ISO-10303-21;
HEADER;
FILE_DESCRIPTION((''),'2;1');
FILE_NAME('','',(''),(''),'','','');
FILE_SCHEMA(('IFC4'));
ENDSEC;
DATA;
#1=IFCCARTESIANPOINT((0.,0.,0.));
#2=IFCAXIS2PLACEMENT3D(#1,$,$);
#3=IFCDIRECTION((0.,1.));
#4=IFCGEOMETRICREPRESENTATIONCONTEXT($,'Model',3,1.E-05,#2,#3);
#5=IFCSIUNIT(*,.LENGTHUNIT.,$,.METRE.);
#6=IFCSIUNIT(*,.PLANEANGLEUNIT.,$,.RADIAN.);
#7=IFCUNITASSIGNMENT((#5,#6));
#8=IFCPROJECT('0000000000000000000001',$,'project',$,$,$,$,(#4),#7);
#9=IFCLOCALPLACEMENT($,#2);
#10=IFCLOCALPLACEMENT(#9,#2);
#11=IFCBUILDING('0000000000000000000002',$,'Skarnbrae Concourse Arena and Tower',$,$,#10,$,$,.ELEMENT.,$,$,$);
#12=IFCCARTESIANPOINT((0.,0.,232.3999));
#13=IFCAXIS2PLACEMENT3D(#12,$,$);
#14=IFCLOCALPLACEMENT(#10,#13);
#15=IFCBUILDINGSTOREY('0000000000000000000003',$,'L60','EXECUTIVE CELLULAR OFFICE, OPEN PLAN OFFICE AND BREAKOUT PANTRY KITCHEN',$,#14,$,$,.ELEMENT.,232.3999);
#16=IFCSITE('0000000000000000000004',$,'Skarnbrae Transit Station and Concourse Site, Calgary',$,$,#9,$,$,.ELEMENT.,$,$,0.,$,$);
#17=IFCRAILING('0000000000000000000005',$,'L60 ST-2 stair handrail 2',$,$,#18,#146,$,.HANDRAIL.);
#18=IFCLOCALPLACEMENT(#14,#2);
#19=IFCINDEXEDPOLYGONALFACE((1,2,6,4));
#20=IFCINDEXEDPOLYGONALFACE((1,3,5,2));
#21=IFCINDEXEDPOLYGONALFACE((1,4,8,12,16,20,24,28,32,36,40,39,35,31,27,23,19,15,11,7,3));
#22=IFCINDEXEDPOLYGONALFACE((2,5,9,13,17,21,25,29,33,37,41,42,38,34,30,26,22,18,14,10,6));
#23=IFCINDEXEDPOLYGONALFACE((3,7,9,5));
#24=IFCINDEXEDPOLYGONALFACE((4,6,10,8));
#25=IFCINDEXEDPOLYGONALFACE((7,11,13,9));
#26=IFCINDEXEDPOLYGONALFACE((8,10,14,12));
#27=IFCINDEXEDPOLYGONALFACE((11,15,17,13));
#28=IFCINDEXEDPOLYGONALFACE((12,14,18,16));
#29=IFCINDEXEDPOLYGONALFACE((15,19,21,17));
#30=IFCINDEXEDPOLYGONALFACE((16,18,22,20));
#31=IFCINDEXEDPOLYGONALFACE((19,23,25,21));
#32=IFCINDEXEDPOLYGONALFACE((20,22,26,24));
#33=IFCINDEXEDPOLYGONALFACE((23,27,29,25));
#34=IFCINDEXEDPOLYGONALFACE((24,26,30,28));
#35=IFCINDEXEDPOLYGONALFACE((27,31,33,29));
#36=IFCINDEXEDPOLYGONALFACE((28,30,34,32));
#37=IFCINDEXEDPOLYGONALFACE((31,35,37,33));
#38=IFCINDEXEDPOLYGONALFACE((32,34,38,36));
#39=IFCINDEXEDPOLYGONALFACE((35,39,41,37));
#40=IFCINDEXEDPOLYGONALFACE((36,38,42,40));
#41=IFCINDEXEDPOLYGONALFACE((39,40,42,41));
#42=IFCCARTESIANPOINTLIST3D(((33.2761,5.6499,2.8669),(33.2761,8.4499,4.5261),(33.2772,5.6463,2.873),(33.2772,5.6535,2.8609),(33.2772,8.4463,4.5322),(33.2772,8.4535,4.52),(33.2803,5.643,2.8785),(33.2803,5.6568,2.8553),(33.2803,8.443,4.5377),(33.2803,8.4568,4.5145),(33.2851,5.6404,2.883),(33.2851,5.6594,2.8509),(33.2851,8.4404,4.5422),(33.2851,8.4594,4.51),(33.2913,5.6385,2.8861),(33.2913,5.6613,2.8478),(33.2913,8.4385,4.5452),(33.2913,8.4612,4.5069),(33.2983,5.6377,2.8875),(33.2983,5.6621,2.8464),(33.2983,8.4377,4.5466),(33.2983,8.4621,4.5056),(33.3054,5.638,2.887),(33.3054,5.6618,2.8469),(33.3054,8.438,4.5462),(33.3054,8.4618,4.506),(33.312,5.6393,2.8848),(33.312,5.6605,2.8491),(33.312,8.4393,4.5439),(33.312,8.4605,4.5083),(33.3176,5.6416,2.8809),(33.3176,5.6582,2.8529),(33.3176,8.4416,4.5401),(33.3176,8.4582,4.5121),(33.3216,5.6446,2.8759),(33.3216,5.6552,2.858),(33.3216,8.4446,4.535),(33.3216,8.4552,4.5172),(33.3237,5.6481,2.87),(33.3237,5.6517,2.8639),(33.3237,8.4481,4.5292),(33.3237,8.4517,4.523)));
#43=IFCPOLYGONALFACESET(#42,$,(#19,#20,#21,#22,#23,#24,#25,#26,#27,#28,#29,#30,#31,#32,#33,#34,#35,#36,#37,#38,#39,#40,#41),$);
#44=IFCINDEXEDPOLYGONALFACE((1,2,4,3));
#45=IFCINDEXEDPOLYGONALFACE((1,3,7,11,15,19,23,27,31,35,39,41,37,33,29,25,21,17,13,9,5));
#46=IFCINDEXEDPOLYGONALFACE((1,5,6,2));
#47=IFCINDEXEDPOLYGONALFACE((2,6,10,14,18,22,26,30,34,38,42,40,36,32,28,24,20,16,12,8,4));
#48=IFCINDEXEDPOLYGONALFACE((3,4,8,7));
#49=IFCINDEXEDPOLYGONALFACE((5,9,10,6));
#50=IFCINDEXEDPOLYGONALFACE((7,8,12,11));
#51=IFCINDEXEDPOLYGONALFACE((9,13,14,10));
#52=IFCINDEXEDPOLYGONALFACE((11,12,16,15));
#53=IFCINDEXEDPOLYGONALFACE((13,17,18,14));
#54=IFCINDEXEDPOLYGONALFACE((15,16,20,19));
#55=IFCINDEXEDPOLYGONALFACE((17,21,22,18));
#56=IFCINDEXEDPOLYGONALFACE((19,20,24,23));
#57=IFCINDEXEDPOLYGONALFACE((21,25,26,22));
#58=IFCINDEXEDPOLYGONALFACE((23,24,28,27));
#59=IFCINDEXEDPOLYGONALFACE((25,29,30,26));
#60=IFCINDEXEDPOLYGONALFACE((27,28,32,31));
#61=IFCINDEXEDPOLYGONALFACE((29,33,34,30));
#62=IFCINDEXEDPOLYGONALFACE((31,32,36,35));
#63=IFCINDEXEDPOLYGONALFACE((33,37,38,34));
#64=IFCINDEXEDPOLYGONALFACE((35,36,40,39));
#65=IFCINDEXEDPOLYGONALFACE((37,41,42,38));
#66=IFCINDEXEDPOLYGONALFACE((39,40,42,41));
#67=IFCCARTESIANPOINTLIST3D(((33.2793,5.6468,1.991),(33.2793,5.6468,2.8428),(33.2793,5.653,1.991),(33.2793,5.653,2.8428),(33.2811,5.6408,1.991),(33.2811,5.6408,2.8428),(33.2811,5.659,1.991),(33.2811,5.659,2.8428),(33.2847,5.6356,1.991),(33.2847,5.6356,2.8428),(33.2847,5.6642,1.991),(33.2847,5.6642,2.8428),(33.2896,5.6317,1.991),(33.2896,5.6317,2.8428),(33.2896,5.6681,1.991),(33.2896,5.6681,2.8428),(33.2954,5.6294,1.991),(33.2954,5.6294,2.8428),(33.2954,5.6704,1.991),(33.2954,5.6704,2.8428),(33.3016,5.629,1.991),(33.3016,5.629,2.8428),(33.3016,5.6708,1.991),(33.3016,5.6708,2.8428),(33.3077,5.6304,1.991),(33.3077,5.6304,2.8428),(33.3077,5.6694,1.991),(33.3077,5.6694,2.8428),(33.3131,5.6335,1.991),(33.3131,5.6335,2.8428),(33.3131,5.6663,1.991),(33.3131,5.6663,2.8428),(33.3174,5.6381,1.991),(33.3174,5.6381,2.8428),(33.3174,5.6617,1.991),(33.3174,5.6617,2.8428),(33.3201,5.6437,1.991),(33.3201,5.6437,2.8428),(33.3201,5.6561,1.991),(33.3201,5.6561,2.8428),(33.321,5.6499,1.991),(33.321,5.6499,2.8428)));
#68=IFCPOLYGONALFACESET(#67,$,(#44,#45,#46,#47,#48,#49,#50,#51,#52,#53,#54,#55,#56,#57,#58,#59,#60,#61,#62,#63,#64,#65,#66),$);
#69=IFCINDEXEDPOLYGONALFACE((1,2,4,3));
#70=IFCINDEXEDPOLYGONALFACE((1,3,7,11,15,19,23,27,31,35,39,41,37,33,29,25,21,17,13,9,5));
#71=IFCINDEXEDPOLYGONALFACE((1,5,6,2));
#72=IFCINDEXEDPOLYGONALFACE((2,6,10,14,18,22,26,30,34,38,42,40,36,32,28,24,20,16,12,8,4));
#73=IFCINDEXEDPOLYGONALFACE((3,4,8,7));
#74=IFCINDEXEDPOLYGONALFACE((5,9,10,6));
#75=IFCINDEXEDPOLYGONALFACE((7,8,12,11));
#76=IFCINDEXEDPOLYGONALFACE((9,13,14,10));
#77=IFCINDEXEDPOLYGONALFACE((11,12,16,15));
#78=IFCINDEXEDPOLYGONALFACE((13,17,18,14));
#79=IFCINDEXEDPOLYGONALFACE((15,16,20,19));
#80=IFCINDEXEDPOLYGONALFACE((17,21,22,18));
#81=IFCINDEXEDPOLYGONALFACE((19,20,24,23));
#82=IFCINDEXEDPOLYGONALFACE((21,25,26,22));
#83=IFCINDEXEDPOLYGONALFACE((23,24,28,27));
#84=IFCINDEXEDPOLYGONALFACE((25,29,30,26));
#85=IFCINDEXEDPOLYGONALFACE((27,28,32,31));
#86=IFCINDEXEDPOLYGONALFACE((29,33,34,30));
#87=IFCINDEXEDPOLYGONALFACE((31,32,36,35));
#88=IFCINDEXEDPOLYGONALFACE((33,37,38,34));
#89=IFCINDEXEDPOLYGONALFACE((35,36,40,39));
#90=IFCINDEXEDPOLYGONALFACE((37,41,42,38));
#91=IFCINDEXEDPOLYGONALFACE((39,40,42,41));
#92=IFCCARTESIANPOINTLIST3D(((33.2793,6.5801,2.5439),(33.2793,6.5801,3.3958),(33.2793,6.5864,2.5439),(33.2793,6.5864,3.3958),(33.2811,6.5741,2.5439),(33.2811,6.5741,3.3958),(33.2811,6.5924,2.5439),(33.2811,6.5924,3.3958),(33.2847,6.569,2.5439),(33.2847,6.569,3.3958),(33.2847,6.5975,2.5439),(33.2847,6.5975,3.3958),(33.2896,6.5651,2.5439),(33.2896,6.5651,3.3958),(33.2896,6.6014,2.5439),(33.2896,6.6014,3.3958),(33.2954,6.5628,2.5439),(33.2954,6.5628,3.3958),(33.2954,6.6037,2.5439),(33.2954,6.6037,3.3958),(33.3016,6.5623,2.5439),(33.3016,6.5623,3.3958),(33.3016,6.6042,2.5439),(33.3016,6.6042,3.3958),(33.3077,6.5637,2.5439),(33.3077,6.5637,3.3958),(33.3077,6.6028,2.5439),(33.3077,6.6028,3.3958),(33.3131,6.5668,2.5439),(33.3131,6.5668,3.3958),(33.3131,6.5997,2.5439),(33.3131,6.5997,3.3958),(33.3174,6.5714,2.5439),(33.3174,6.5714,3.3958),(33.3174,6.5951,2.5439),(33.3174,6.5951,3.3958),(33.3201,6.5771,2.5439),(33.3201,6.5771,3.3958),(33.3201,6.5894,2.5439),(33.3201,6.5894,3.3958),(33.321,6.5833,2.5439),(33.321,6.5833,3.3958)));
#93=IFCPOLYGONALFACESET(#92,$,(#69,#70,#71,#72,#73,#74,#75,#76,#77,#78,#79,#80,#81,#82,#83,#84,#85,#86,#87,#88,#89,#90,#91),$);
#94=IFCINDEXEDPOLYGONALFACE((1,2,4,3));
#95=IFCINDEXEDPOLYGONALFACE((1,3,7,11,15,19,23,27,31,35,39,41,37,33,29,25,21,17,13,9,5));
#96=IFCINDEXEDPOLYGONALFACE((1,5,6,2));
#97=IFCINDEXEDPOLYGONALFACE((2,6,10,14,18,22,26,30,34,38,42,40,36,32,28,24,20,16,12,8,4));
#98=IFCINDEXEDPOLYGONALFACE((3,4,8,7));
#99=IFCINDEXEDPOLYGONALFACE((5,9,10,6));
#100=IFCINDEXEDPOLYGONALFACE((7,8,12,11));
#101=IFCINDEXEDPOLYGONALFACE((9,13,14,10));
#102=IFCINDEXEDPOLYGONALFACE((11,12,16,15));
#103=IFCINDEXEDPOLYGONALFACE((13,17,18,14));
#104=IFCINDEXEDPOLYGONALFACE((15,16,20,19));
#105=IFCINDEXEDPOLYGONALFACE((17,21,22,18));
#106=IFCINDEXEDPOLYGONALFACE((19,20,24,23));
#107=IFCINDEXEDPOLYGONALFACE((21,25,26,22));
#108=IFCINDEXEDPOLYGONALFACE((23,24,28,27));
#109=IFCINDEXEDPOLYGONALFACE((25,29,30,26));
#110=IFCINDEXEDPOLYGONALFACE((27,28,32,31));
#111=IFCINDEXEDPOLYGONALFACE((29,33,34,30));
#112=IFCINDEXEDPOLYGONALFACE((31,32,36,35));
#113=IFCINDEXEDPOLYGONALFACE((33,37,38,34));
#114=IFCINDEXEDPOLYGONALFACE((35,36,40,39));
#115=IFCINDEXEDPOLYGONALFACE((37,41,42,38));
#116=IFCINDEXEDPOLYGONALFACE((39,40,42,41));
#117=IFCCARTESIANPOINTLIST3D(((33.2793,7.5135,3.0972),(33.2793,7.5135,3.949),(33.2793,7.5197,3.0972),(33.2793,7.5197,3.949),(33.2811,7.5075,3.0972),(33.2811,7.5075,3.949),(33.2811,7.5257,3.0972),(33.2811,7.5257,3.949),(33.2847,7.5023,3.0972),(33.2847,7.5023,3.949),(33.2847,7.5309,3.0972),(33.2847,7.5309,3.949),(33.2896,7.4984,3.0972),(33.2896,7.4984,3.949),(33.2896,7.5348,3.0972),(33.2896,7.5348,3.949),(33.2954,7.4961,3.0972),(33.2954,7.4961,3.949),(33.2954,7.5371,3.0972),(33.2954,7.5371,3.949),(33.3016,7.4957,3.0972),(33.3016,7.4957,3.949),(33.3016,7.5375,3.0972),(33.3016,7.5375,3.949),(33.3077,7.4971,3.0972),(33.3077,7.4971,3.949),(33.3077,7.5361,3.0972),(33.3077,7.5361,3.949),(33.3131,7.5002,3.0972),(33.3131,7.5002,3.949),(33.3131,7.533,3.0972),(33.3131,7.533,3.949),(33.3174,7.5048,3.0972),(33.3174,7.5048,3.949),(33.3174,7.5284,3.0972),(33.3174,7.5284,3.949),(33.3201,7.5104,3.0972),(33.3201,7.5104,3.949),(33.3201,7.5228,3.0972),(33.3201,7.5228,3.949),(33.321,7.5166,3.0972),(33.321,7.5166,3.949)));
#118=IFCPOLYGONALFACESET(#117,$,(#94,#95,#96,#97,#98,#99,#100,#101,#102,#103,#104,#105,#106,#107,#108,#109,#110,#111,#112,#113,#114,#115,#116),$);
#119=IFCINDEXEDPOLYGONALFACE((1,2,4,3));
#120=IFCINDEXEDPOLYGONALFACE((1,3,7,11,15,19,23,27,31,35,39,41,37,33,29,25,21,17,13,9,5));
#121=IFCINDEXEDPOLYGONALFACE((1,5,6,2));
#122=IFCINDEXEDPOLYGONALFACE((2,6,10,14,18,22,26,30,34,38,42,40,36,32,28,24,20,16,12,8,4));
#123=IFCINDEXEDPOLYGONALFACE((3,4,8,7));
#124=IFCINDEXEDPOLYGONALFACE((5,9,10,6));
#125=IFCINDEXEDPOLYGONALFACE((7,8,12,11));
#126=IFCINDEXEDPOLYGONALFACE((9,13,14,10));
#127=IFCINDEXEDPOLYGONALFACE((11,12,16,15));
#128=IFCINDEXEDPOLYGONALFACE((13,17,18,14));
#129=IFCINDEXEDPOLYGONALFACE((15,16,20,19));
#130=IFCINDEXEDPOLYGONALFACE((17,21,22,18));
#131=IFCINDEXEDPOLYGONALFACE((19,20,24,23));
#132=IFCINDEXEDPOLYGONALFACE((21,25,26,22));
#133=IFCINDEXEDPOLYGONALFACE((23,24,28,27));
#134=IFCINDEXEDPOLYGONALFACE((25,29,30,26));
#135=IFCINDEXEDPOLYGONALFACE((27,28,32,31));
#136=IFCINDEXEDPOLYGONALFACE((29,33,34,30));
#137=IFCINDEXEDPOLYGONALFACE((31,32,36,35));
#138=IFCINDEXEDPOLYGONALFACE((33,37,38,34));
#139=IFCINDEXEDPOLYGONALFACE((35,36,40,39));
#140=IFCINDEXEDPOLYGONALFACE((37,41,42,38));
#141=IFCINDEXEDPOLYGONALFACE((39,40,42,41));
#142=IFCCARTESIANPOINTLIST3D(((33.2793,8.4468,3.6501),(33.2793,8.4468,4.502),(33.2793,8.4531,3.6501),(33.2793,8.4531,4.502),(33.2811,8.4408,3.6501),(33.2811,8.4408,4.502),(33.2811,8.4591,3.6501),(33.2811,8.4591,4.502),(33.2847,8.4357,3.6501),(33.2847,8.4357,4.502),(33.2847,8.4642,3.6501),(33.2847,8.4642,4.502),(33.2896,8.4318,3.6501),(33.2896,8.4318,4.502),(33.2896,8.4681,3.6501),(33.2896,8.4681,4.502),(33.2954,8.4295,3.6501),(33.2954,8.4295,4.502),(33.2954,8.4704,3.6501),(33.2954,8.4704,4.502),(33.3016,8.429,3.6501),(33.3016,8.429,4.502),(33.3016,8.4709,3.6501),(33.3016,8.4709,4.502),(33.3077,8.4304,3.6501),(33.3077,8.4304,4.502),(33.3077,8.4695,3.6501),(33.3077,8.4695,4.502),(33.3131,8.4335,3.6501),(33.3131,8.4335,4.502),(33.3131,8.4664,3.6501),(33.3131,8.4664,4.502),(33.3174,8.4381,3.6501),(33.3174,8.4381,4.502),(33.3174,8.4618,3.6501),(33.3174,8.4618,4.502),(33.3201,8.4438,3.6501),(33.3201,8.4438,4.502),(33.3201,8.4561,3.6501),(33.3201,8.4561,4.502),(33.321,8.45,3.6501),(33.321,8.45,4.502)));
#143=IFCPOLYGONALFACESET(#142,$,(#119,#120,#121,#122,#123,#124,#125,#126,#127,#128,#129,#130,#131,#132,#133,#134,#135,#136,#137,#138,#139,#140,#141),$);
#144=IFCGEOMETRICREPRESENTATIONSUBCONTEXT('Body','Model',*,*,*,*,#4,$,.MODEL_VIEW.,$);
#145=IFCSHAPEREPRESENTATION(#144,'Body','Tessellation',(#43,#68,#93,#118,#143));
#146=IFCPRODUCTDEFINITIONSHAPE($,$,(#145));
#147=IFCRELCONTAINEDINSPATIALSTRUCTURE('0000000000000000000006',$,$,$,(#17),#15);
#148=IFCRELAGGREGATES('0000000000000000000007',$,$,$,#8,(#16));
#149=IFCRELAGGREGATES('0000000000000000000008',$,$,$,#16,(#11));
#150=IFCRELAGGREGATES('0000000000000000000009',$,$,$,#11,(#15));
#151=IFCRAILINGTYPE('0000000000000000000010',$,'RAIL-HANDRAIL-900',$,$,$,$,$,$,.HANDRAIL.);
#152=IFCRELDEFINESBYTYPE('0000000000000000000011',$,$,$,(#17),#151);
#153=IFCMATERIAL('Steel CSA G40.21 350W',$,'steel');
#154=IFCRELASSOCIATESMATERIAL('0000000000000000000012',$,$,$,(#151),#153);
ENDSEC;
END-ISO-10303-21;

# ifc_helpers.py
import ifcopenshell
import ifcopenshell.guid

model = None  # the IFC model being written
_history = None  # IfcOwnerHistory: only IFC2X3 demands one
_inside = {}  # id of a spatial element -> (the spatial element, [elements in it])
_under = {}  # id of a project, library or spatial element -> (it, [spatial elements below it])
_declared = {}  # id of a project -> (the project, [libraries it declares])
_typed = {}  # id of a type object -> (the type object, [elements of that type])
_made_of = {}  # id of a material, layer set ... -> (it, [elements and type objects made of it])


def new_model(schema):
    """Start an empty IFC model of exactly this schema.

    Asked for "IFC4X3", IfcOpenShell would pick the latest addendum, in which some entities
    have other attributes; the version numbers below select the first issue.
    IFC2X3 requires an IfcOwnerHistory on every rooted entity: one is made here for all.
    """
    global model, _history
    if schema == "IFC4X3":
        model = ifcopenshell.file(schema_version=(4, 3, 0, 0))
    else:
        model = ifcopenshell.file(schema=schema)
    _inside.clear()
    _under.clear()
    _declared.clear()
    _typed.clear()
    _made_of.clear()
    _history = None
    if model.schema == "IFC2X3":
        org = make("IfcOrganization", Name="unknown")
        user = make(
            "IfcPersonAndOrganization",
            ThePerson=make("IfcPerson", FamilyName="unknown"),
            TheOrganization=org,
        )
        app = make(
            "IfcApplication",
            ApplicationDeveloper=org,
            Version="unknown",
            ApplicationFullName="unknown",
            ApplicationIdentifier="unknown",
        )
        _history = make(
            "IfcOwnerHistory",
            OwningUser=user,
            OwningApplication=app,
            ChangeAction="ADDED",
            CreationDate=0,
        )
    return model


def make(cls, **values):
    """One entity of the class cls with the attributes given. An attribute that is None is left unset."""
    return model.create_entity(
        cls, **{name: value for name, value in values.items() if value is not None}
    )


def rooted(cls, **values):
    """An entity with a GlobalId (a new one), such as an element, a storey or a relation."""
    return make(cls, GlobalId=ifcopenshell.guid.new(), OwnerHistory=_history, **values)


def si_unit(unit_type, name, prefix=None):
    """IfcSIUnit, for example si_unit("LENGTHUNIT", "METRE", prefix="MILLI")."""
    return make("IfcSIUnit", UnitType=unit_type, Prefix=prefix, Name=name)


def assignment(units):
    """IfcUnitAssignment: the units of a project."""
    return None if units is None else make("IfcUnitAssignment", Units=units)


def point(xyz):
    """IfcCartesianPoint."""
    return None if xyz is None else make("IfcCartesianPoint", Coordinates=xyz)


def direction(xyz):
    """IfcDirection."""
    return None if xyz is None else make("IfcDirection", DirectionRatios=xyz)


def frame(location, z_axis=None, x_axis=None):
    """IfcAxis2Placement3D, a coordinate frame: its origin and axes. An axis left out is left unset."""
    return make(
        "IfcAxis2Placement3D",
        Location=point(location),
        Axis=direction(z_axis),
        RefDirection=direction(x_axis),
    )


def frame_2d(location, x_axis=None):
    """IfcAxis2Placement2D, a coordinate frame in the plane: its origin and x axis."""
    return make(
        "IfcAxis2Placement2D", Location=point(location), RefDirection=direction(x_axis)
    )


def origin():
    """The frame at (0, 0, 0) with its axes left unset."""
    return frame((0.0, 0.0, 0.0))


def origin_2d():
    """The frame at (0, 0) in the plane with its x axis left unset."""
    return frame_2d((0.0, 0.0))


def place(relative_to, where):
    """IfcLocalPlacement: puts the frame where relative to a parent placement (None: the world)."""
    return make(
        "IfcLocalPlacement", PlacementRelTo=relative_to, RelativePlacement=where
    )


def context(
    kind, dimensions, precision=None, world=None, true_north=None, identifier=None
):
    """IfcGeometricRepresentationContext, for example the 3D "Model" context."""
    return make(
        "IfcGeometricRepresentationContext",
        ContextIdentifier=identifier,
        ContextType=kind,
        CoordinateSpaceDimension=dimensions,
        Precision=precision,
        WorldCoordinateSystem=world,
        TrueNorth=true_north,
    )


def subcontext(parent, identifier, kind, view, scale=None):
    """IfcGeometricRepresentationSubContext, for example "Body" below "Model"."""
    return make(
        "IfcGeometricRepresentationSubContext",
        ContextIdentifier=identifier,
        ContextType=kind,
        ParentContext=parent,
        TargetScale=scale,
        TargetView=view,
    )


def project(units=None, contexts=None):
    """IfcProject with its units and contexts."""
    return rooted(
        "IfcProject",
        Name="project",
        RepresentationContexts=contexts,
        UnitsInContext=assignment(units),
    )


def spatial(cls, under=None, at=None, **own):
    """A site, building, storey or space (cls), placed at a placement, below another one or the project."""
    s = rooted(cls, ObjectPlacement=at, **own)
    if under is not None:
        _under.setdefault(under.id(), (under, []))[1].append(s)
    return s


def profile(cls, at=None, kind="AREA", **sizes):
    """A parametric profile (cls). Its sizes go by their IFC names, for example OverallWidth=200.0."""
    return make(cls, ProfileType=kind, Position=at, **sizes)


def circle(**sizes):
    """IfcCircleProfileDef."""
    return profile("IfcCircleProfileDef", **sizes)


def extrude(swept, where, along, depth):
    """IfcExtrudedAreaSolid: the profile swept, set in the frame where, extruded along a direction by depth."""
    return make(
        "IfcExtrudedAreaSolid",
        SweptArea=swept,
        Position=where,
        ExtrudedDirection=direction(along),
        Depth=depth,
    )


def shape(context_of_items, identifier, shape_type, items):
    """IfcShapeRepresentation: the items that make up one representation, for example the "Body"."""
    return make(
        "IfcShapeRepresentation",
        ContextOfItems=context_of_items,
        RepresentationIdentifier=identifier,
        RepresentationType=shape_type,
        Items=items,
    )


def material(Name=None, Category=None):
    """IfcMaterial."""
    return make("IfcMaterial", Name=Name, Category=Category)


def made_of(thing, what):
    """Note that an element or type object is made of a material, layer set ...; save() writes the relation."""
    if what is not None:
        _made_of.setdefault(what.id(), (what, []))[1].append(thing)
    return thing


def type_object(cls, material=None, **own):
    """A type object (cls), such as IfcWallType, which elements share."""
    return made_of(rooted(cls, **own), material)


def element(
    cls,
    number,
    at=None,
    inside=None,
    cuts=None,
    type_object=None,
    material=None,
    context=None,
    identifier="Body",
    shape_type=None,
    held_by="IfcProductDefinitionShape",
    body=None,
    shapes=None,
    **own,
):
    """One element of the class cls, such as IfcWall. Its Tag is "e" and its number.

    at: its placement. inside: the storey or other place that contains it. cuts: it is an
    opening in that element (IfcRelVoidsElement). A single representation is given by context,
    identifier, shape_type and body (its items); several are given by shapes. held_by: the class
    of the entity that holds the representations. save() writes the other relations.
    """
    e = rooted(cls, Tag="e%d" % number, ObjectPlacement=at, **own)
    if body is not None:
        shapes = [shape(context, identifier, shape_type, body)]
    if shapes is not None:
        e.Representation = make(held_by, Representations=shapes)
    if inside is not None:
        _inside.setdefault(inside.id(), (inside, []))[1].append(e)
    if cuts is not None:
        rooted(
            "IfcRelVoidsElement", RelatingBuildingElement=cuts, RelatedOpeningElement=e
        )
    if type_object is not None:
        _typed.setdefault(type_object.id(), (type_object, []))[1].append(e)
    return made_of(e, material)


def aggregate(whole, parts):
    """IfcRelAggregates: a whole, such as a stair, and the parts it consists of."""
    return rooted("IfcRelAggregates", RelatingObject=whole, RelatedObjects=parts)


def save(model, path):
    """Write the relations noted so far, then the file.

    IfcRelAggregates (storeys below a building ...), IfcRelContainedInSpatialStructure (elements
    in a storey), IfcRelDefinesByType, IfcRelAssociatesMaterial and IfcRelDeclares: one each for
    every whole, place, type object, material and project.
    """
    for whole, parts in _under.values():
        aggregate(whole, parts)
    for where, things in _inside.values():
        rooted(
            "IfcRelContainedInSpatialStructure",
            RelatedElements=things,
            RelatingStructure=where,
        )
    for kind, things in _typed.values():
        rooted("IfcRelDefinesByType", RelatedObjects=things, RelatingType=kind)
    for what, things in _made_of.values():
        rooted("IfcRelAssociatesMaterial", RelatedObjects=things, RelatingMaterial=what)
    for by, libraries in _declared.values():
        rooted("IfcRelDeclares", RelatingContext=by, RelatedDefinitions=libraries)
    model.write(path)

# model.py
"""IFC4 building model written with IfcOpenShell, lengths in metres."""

from ifc_helpers import new_model, si_unit, direction, frame, origin, origin_2d, place, context, subcontext, project, spatial, circle, extrude, material, type_object, element, save


model = new_model("IFC4")

# Units and contexts
model_context = context("Model", 3, precision=1e-05, world=origin(), true_north=direction((0.0, 1.0)))
body_context = subcontext(model_context, "Body", "Model", "MODEL_VIEW")
ifc_project = project(units=[si_unit("LENGTHUNIT", "METRE"), si_unit("PLANEANGLEUNIT", "RADIAN")], contexts=[model_context])

# Site, building, storey
site_placement = place(None, origin())
site = spatial("IfcSite", under=ifc_project, at=site_placement, Name="Skarnbrae Transit Station and Concourse Site, Calgary", CompositionType="ELEMENT", RefElevation=0.0)
building_placement = place(site_placement, origin())
building = spatial("IfcBuilding", under=site, at=building_placement, Name="Skarnbrae Concourse Arena and Tower", CompositionType="ELEMENT")
storey_placement = place(building_placement, frame((0.0, 0.0, 232.3999)))
storey = spatial("IfcBuildingStorey", under=building, at=storey_placement, Name="L60", Description="EXECUTIVE CELLULAR OFFICE, OPEN PLAN OFFICE AND BREAKOUT PANTRY KITCHEN", CompositionType="ELEMENT", Elevation=232.3999)

# Shared definitions
ifc_material_1 = material(Name="Steel CSA G40.21 350W", Category="steel")

# Railing
railing_type_1 = type_object("IfcRailingType", Name="RAIL-HANDRAIL-900", PredefinedType="HANDRAIL", material=ifc_material_1)
railing_1_placement = place(storey_placement, frame((33.3, 5.6499, 1.991)))
element("IfcRailing", 1, at=railing_1_placement, inside=storey, type_object=railing_type_1, Name="L60 ST-2 stair handrail 2", PredefinedType="HANDRAIL", context=body_context, shape_type="SweptSolid", body=[
    extrude(circle(Radius=0.0239, at=origin_2d()), frame((0.0, 0.0, 0.876), z_axis=(0.0, 0.860306, 0.509778), x_axis=(-1.0, 0.0, 0.0)), (0.0, 0.0, 1.0), 3.2546),
    extrude(circle(Radius=0.021, at=origin_2d()), origin(), (0.0, 0.0, 1.0), 0.8518),
    extrude(circle(Radius=0.021, at=origin_2d()), frame((0.0, 0.9333, 0.553)), (0.0, 0.0, 1.0), 0.8518),
    extrude(circle(Radius=0.021, at=origin_2d()), frame((0.0, 1.8667, 1.1062)), (0.0, 0.0, 1.0), 0.8518),
    extrude(circle(Radius=0.021, at=origin_2d()), frame((0.0, 2.8, 1.6592)), (0.0, 0.0, 1.0), 0.8518),
])

save(model, "model.ifc")
